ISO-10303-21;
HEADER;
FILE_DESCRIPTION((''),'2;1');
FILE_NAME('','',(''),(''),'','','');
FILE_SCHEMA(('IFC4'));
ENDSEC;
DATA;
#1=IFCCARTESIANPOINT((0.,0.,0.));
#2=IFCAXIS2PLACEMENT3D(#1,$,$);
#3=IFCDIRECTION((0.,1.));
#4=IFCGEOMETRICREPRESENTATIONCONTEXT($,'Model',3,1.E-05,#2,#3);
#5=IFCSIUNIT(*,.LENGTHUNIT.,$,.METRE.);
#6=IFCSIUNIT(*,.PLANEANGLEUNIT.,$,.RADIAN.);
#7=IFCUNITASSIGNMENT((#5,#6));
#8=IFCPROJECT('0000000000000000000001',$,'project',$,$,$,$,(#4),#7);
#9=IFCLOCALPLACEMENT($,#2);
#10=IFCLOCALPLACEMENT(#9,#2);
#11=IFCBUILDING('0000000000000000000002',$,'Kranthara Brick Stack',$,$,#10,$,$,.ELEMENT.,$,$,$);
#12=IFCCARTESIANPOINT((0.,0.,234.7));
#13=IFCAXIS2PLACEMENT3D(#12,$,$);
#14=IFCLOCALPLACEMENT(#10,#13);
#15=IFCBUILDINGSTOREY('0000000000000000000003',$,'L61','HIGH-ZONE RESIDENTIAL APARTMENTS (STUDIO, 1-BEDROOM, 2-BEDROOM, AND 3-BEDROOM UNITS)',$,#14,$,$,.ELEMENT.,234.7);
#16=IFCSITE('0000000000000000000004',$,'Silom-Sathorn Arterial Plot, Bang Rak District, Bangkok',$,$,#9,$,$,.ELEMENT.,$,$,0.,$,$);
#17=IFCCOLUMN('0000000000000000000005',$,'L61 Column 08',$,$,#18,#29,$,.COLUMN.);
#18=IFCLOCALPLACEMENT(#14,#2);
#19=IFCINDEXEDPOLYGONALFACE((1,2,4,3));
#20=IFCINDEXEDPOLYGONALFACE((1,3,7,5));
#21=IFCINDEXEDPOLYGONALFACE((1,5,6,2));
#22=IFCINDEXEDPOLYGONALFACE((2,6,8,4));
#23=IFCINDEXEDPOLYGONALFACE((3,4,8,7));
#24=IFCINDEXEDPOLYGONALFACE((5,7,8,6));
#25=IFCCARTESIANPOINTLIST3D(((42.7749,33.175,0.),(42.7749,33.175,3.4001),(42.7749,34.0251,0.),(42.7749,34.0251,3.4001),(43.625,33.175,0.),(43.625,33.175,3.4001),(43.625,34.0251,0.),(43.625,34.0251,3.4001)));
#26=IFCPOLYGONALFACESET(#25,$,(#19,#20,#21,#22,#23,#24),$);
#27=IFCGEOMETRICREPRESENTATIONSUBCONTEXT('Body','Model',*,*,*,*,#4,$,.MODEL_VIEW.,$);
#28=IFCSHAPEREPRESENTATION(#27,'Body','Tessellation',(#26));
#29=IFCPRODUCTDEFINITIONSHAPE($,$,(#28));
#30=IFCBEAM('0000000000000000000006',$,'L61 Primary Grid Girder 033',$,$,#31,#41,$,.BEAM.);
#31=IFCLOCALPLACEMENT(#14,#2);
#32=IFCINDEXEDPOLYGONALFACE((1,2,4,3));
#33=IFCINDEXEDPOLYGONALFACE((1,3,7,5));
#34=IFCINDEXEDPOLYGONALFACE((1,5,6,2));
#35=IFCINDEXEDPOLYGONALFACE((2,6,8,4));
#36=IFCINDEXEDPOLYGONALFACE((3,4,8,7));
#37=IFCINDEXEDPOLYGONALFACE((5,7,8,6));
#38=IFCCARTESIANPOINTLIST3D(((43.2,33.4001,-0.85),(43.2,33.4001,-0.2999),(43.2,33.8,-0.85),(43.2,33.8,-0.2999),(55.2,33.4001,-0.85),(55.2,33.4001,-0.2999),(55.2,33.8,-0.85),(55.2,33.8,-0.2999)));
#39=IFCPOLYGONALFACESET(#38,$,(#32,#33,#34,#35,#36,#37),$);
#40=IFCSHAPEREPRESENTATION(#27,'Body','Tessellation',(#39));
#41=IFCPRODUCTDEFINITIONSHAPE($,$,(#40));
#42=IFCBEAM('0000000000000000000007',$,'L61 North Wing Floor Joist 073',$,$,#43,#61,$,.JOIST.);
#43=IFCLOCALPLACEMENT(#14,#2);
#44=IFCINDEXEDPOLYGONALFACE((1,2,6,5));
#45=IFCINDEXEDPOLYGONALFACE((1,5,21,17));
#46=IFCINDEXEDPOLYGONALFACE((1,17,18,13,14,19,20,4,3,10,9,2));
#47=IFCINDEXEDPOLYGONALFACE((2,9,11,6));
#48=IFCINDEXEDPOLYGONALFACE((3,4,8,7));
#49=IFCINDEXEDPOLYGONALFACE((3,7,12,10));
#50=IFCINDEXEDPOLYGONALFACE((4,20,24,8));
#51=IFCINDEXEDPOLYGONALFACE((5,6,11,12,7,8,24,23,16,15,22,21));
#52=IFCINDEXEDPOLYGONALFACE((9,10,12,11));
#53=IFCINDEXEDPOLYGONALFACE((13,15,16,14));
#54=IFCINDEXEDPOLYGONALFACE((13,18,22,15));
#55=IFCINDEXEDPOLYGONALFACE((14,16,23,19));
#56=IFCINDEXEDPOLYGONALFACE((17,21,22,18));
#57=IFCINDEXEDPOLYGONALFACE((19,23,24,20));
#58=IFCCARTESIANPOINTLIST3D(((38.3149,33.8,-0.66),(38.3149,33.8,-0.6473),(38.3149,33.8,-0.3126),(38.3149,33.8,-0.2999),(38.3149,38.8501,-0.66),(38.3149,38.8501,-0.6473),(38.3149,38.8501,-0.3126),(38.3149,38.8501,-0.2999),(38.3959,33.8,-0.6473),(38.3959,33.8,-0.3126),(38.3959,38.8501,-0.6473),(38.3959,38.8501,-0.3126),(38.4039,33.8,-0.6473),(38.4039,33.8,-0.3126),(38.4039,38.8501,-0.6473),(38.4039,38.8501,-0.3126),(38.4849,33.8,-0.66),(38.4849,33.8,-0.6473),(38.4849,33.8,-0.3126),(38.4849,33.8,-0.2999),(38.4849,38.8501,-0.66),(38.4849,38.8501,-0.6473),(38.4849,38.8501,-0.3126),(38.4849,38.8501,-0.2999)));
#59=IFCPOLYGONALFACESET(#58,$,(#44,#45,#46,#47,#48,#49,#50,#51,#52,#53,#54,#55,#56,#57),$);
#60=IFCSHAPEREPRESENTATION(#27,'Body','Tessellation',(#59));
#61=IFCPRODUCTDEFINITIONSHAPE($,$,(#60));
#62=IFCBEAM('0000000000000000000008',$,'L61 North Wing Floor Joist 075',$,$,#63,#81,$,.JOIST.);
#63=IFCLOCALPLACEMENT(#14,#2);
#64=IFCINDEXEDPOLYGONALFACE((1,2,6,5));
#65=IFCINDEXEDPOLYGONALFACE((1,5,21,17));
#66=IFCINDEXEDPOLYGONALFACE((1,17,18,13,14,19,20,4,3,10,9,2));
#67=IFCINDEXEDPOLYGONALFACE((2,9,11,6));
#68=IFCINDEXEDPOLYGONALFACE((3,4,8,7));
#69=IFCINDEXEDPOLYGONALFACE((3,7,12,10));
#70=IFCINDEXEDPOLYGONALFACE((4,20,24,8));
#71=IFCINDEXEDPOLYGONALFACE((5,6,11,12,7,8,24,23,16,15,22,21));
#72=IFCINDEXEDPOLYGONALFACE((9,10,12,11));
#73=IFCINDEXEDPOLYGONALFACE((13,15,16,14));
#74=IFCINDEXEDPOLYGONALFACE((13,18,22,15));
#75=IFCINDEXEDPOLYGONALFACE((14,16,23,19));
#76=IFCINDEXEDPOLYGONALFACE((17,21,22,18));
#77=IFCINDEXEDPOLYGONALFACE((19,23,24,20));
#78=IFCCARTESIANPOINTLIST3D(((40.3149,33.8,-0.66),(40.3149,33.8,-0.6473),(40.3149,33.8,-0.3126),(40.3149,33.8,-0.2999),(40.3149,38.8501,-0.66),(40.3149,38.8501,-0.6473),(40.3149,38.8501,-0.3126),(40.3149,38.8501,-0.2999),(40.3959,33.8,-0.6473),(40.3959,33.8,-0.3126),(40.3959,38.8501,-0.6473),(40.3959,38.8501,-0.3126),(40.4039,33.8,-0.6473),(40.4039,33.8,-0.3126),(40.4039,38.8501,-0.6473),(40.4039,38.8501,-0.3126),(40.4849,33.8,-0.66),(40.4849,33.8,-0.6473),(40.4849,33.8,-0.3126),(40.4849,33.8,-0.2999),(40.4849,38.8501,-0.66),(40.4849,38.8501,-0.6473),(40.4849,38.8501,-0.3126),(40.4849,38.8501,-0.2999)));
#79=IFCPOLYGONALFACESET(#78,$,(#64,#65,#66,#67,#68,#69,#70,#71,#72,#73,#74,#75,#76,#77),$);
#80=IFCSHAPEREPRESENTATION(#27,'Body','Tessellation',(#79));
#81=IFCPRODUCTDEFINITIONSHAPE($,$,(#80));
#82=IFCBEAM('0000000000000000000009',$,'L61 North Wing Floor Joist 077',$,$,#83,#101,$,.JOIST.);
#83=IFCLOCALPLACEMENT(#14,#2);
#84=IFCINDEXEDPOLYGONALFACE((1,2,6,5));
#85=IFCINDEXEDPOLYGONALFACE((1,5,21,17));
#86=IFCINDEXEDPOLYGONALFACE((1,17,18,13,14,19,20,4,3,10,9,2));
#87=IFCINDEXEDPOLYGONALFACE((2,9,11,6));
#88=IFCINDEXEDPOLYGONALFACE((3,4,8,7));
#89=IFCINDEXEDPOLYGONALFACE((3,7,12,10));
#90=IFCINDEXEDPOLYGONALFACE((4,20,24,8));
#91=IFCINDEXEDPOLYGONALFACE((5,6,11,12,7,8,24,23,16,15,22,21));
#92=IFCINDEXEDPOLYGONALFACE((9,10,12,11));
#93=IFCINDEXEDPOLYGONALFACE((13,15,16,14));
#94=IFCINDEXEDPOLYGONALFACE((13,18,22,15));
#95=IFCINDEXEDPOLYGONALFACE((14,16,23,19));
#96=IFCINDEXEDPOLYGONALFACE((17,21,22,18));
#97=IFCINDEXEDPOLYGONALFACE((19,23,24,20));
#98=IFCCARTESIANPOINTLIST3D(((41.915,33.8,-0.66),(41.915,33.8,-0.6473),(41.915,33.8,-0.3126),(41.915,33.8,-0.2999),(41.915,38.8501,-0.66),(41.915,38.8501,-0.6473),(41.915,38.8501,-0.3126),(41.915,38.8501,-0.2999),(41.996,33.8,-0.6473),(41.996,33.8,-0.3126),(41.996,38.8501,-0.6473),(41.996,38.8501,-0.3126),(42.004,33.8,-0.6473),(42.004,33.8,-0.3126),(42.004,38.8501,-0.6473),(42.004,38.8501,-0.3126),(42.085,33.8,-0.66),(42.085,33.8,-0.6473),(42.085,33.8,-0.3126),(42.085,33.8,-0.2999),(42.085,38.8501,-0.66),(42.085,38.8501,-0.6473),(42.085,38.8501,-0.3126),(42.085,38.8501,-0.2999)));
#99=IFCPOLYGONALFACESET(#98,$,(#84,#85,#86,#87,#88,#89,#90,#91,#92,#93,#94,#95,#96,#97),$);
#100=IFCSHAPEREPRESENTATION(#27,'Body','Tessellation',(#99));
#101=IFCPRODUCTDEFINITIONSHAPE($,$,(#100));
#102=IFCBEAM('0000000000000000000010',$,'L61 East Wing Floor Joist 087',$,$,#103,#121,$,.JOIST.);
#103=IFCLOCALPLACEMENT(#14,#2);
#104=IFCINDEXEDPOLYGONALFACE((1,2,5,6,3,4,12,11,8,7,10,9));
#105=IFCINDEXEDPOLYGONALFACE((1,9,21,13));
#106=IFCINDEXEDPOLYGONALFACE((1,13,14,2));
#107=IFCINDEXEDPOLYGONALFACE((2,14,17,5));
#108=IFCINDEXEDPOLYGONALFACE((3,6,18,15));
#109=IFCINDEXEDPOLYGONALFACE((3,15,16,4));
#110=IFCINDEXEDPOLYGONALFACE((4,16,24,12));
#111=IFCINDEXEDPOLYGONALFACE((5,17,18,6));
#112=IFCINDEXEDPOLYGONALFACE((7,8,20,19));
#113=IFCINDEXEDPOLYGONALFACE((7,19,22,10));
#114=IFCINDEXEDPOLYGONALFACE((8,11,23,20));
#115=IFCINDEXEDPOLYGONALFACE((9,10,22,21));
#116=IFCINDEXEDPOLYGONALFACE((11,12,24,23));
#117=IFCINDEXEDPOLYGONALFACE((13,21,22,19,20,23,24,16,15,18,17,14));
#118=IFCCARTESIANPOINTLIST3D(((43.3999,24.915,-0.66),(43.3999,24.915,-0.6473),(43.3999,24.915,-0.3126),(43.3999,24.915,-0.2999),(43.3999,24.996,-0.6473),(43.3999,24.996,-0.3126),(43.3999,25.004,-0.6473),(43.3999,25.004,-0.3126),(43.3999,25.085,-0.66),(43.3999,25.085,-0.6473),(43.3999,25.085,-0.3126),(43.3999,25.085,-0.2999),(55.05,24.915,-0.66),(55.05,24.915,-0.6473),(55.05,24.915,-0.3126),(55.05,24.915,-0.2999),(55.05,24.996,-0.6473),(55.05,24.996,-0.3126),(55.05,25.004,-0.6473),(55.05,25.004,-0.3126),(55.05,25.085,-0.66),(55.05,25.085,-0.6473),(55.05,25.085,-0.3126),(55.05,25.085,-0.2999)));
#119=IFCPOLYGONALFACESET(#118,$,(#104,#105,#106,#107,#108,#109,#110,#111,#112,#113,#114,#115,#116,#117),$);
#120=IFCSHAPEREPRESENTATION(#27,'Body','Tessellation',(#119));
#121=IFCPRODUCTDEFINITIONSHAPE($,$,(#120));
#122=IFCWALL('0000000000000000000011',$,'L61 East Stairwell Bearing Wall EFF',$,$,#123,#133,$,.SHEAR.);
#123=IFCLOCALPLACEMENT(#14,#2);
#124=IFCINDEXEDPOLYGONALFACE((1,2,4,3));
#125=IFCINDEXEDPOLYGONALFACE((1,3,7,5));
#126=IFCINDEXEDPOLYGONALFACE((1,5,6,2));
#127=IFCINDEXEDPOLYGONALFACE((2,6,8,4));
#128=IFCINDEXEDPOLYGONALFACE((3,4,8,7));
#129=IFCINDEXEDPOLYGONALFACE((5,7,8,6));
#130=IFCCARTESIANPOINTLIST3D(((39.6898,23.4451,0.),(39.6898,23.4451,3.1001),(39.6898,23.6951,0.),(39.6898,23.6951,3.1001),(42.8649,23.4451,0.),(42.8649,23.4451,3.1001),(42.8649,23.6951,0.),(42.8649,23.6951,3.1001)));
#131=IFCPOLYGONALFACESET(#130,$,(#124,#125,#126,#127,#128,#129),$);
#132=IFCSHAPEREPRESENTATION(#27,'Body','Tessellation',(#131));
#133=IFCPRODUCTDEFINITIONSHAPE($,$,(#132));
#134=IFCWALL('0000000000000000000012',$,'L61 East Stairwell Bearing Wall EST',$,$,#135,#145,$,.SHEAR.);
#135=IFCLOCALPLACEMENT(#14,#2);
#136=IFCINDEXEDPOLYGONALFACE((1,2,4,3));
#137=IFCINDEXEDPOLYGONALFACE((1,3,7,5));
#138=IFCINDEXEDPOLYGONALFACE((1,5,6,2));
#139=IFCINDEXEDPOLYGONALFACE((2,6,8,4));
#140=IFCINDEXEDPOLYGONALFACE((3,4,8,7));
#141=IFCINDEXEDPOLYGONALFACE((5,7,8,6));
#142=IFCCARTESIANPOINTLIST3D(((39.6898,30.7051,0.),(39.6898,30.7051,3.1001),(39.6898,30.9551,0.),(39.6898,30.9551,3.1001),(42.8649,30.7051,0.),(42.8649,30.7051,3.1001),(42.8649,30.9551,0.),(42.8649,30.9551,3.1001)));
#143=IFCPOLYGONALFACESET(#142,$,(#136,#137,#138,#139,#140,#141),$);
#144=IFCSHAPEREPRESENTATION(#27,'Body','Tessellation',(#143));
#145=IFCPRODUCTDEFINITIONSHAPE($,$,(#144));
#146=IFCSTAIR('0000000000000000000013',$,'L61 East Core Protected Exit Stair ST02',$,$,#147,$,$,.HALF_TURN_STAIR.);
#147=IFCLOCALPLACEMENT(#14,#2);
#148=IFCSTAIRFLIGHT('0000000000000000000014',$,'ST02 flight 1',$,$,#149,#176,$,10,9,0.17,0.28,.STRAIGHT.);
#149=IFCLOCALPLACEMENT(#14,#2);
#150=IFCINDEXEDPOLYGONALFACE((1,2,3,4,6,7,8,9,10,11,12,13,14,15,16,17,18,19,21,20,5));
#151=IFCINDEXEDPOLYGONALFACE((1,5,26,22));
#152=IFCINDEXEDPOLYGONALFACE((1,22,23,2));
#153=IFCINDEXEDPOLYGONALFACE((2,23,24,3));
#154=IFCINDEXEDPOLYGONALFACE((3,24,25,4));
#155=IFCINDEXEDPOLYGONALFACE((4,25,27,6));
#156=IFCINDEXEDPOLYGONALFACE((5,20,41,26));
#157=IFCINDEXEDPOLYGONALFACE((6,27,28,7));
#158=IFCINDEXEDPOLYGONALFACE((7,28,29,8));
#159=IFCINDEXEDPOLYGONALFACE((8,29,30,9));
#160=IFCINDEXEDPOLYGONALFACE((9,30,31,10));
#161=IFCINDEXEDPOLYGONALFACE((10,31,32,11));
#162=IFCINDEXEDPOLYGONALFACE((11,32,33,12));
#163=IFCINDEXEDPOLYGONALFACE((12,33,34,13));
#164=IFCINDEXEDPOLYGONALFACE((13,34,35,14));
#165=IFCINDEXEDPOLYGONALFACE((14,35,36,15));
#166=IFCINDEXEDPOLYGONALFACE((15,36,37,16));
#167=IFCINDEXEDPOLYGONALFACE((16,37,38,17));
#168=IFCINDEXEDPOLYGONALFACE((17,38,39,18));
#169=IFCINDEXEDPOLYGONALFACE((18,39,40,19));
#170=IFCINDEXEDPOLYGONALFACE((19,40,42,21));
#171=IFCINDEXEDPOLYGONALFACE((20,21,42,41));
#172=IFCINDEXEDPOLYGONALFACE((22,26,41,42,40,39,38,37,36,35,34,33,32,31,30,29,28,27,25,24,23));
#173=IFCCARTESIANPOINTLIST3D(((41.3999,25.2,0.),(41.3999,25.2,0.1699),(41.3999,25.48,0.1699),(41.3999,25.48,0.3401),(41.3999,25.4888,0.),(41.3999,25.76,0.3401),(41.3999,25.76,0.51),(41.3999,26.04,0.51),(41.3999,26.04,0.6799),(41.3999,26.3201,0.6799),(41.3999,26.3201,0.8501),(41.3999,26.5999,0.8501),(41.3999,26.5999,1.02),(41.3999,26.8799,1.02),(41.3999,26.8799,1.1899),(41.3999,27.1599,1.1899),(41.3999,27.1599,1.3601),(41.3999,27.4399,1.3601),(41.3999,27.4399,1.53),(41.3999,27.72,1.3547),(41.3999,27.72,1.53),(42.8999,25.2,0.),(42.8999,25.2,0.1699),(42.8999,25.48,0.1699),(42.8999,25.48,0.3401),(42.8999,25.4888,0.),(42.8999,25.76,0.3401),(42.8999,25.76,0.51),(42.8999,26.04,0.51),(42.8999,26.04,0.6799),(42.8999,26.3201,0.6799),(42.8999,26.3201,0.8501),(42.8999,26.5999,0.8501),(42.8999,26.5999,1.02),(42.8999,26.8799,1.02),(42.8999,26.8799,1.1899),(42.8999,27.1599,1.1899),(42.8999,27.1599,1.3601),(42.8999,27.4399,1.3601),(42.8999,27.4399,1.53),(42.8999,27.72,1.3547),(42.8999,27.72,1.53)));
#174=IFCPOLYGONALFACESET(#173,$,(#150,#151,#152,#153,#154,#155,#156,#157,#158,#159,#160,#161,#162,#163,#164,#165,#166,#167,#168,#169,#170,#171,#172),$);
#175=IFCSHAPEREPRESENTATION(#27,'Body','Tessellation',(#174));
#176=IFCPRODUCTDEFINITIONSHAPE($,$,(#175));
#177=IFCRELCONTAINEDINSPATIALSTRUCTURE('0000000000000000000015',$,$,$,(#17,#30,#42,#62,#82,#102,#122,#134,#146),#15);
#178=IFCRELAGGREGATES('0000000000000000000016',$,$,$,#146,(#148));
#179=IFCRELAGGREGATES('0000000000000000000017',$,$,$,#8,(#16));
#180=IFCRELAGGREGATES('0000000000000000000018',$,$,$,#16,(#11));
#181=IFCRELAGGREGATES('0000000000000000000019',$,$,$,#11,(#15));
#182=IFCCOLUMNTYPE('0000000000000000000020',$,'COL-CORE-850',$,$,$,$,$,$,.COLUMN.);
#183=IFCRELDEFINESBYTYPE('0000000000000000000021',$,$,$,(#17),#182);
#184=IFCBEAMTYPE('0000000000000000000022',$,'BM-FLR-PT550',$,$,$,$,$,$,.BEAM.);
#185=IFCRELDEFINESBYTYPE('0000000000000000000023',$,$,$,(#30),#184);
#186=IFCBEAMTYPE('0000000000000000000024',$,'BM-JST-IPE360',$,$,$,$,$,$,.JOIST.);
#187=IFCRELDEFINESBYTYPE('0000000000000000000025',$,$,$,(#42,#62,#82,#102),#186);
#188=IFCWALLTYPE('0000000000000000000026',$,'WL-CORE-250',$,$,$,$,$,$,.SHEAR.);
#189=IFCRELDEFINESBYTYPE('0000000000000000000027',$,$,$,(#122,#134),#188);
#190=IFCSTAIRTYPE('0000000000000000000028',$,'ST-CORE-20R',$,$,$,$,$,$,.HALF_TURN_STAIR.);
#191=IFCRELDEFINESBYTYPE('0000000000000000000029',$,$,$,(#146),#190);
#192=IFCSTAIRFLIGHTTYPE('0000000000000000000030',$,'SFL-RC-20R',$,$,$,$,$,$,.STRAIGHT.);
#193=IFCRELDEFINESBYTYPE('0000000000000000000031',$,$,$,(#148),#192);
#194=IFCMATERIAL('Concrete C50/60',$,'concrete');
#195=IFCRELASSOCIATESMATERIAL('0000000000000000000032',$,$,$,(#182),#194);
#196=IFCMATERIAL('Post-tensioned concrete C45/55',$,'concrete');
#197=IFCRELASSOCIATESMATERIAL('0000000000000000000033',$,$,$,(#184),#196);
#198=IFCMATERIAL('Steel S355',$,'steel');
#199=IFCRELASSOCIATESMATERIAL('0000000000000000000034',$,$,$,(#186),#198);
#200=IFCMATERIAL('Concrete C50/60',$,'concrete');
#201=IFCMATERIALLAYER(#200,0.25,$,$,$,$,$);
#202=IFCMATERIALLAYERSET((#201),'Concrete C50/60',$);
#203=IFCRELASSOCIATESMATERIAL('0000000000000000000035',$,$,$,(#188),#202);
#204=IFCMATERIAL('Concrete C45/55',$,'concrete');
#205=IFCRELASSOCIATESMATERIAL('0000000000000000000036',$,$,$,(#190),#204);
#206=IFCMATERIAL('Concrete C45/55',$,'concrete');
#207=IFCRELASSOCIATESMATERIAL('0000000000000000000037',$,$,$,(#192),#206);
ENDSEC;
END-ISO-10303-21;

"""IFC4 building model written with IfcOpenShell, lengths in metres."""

from ifc_helpers import new_model, si_unit, direction, frame, frame_2d, origin, origin_2d, place, context, subcontext, project, spatial, polyline, rectangle, i_section, outline, extrude, material, layer, layer_set, material_profile, profile_set, type_object, element, aggregate, save


model = new_model("IFC4")

# Units and contexts
model_context = context("Model", 3, precision=1e-05, world=origin(), true_north=direction((0.0, 1.0)))
body_context = subcontext(model_context, "Body", "Model", "MODEL_VIEW")
ifc_project = project(units=[si_unit("LENGTHUNIT", "METRE"), si_unit("PLANEANGLEUNIT", "RADIAN")], contexts=[model_context])

# Site, building, storey
site_placement = place(None, origin())
site = spatial("IfcSite", under=ifc_project, at=site_placement, Name="Silom-Sathorn Arterial Plot, Bang Rak District, Bangkok", CompositionType="ELEMENT", RefElevation=0.0)
building_placement = place(site_placement, origin())
building = spatial("IfcBuilding", under=site, at=building_placement, Name="Kranthara Brick Stack", CompositionType="ELEMENT")
storey_placement = place(building_placement, frame((0.0, 0.0, 234.7)))
storey = spatial("IfcBuildingStorey", under=building, at=storey_placement, Name="L61", Description="HIGH-ZONE RESIDENTIAL APARTMENTS (STUDIO, 1-BEDROOM, 2-BEDROOM, AND 3-BEDROOM UNITS)", CompositionType="ELEMENT", Elevation=234.7)

# Column
ifc_material_1 = material(Name="Concrete C50/60", Category="concrete")
ifc_material_profile_1 = material_profile(ifc_material_1, rectangle(XDim=0.8501, YDim=0.8501, at=origin_2d()), Name="RC 850x850")
ifc_profile_set_1 = profile_set([ifc_material_profile_1], Name="Concrete C50/60")
column_type = type_object("IfcColumnType", Name="COL-CORE-850", PredefinedType="COLUMN", material=ifc_profile_set_1)
column_placement = place(storey_placement, frame((43.2, 33.6001, 0.0), z_axis=(0.0, 0.0, 1.0), x_axis=(1.0, 0.0, 0.0)))
element("IfcColumn", 1, at=column_placement, inside=storey, type_object=column_type, Name="L61 Column 08", PredefinedType="COLUMN", context=body_context, shape_type="SweptSolid", body=[
    extrude(rectangle(XDim=0.8501, YDim=0.8501, at=origin_2d()), origin(), (0.0, 0.0, 1.0), 3.4001),
])

# Beams
ifc_material_2 = material(Name="Post-tensioned concrete C45/55", Category="concrete")
ifc_material_profile_2 = material_profile(ifc_material_2, rectangle(XDim=0.3999, YDim=0.55, at=origin_2d()), Name="PT 400x550")
ifc_profile_set_2 = profile_set([ifc_material_profile_2], Name="Post-tensioned concrete C45/55")
beam_type_1 = type_object("IfcBeamType", Name="BM-FLR-PT550", PredefinedType="BEAM", material=ifc_profile_set_2)
beam_1_placement = place(storey_placement, frame((43.2, 33.6001, -0.575), z_axis=(1.0, 0.0, 0.0), x_axis=(0.0, 1.0, 0.0)))
element("IfcBeam", 2, at=beam_1_placement, inside=storey, type_object=beam_type_1, Name="L61 Primary Grid Girder 033", PredefinedType="BEAM", context=body_context, shape_type="SweptSolid", body=[
    extrude(rectangle(XDim=0.3999, YDim=0.55, at=origin_2d()), origin(), (0.0, 0.0, 1.0), 12.0),
])
ifc_material_3 = material(Name="Steel S355", Category="steel")
ifc_material_profile_3 = material_profile(ifc_material_3, i_section(OverallWidth=0.1699, OverallDepth=0.3601, WebThickness=0.0081, FlangeThickness=0.0127, at=origin_2d()), Name="IPE 360")
ifc_profile_set_3 = profile_set([ifc_material_profile_3], Name="Steel S355")
beam_type_2 = type_object("IfcBeamType", Name="BM-JST-IPE360", PredefinedType="JOIST", material=ifc_profile_set_3)
for number, where, z_axis, x_axis, name in (
    (3, (38.3999, 33.8, -0.48), (0.0, 1.0, 0.0), (-1.0, 0.0, 0.0), "L61 North Wing Floor Joist 073"),
    (4, (40.3999, 33.8, -0.48), (0.0, 1.0, 0.0), (-1.0, 0.0, 0.0), "L61 North Wing Floor Joist 075"),
    (5, (42.0, 33.8, -0.48), (0.0, 1.0, 0.0), (-1.0, 0.0, 0.0), "L61 North Wing Floor Joist 077"),
):
    element("IfcBeam", number, at=place(storey_placement, frame(where, z_axis=z_axis, x_axis=x_axis)), inside=storey, type_object=beam_type_2, Name=name, PredefinedType="JOIST", context=body_context, shape_type="SweptSolid", body=[
        extrude(i_section(OverallWidth=0.1699, OverallDepth=0.3601, WebThickness=0.0081, FlangeThickness=0.0127, at=origin_2d()), origin(), (0.0, 0.0, 1.0), 5.05),
    ])
beam_2_placement = place(storey_placement, frame((43.3999, 25.0, -0.48), z_axis=(1.0, 0.0, 0.0), x_axis=(0.0, 1.0, 0.0)))
element("IfcBeam", 6, at=beam_2_placement, inside=storey, type_object=beam_type_2, Name="L61 East Wing Floor Joist 087", PredefinedType="JOIST", context=body_context, shape_type="SweptSolid", body=[
    extrude(i_section(OverallWidth=0.1699, OverallDepth=0.3601, WebThickness=0.0081, FlangeThickness=0.0127, at=origin_2d()), origin(), (0.0, 0.0, 1.0), 11.6501),
])

# Walls
ifc_material_4 = material(Name="Concrete C50/60", Category="concrete")
ifc_layer = layer(ifc_material_4, 0.25)
ifc_layer_set = layer_set([ifc_layer], Name="Concrete C50/60")
wall_type = type_object("IfcWallType", Name="WL-CORE-250", PredefinedType="SHEAR", material=ifc_layer_set)
for number, where, z_axis, x_axis, name in (
    (7, (39.6899, 23.5701, 0.0), (0.0, 0.0, 1.0), (1.0, 0.0, 0.0), "L61 East Stairwell Bearing Wall EFF"),
    (8, (39.6899, 30.8301, 0.0), (0.0, 0.0, 1.0), (1.0, 0.0, 0.0), "L61 East Stairwell Bearing Wall EST"),
):
    element("IfcWall", number, at=place(storey_placement, frame(where, z_axis=z_axis, x_axis=x_axis)), inside=storey, type_object=wall_type, Name=name, PredefinedType="SHEAR", context=body_context, shape_type="SweptSolid", body=[
        extrude(rectangle(XDim=3.175, YDim=0.25, at=frame_2d((1.5874, 0.0))), origin(), (0.0, 0.0, 1.0), 3.1001),
    ])

# Stair, stair flight
ifc_material_5 = material(Name="Concrete C45/55", Category="concrete")
stair_type = type_object("IfcStairType", Name="ST-CORE-20R", PredefinedType="HALF_TURN_STAIR", material=ifc_material_5)
stair_placement = place(storey_placement, origin())
stair = element("IfcStair", 9, at=stair_placement, inside=storey, type_object=stair_type, Name="L61 East Core Protected Exit Stair ST02", PredefinedType="HALF_TURN_STAIR")
ifc_material_6 = material(Name="Concrete C45/55", Category="concrete")
stair_flight_type = type_object("IfcStairFlightType", Name="SFL-RC-20R", PredefinedType="STRAIGHT", material=ifc_material_6)
stair_flight_1_placement = place(storey_placement, frame((42.1499, 25.2, 0.0), z_axis=(0.0, 0.0, 1.0), x_axis=(0.0, 1.0, 0.0)))
stair_flight_1 = element("IfcStairFlight", 10, at=stair_flight_1_placement, type_object=stair_flight_type, Name="ST02 flight 1", NumberOfRisers=10, NumberOfTreads=9, PredefinedType="STRAIGHT", RiserHeight=0.17, TreadLength=0.28, context=body_context, shape_type="SweptSolid", body=[
    extrude(outline(polyline([(0.0, 0.0), (0.0, 0.1699), (0.28, 0.1699), (0.28, 0.3401), (0.5601, 0.3401), (0.5601, 0.51), (0.8401, 0.51), (0.8401, 0.6799), (1.1201, 0.6799), (1.1201, 0.8501), (1.3999, 0.8501), (1.3999, 1.02), (1.6799, 1.02), (1.6799, 1.1899), (1.96, 1.1899), (1.96, 1.3601), (2.24, 1.3601), (2.24, 1.53), (2.52, 1.53), (2.52, 1.7), (2.52, 1.3547), (0.2888, 0.0), (0.0, 0.0)])), frame((0.0, 0.75, 0.0), z_axis=(0.0, -1.0, 0.0), x_axis=(1.0, 0.0, 0.0)), (0.0, 0.0, 1.0), 1.5),
])
aggregate(stair, [stair_flight_1])

save(model, "model.ifc")
